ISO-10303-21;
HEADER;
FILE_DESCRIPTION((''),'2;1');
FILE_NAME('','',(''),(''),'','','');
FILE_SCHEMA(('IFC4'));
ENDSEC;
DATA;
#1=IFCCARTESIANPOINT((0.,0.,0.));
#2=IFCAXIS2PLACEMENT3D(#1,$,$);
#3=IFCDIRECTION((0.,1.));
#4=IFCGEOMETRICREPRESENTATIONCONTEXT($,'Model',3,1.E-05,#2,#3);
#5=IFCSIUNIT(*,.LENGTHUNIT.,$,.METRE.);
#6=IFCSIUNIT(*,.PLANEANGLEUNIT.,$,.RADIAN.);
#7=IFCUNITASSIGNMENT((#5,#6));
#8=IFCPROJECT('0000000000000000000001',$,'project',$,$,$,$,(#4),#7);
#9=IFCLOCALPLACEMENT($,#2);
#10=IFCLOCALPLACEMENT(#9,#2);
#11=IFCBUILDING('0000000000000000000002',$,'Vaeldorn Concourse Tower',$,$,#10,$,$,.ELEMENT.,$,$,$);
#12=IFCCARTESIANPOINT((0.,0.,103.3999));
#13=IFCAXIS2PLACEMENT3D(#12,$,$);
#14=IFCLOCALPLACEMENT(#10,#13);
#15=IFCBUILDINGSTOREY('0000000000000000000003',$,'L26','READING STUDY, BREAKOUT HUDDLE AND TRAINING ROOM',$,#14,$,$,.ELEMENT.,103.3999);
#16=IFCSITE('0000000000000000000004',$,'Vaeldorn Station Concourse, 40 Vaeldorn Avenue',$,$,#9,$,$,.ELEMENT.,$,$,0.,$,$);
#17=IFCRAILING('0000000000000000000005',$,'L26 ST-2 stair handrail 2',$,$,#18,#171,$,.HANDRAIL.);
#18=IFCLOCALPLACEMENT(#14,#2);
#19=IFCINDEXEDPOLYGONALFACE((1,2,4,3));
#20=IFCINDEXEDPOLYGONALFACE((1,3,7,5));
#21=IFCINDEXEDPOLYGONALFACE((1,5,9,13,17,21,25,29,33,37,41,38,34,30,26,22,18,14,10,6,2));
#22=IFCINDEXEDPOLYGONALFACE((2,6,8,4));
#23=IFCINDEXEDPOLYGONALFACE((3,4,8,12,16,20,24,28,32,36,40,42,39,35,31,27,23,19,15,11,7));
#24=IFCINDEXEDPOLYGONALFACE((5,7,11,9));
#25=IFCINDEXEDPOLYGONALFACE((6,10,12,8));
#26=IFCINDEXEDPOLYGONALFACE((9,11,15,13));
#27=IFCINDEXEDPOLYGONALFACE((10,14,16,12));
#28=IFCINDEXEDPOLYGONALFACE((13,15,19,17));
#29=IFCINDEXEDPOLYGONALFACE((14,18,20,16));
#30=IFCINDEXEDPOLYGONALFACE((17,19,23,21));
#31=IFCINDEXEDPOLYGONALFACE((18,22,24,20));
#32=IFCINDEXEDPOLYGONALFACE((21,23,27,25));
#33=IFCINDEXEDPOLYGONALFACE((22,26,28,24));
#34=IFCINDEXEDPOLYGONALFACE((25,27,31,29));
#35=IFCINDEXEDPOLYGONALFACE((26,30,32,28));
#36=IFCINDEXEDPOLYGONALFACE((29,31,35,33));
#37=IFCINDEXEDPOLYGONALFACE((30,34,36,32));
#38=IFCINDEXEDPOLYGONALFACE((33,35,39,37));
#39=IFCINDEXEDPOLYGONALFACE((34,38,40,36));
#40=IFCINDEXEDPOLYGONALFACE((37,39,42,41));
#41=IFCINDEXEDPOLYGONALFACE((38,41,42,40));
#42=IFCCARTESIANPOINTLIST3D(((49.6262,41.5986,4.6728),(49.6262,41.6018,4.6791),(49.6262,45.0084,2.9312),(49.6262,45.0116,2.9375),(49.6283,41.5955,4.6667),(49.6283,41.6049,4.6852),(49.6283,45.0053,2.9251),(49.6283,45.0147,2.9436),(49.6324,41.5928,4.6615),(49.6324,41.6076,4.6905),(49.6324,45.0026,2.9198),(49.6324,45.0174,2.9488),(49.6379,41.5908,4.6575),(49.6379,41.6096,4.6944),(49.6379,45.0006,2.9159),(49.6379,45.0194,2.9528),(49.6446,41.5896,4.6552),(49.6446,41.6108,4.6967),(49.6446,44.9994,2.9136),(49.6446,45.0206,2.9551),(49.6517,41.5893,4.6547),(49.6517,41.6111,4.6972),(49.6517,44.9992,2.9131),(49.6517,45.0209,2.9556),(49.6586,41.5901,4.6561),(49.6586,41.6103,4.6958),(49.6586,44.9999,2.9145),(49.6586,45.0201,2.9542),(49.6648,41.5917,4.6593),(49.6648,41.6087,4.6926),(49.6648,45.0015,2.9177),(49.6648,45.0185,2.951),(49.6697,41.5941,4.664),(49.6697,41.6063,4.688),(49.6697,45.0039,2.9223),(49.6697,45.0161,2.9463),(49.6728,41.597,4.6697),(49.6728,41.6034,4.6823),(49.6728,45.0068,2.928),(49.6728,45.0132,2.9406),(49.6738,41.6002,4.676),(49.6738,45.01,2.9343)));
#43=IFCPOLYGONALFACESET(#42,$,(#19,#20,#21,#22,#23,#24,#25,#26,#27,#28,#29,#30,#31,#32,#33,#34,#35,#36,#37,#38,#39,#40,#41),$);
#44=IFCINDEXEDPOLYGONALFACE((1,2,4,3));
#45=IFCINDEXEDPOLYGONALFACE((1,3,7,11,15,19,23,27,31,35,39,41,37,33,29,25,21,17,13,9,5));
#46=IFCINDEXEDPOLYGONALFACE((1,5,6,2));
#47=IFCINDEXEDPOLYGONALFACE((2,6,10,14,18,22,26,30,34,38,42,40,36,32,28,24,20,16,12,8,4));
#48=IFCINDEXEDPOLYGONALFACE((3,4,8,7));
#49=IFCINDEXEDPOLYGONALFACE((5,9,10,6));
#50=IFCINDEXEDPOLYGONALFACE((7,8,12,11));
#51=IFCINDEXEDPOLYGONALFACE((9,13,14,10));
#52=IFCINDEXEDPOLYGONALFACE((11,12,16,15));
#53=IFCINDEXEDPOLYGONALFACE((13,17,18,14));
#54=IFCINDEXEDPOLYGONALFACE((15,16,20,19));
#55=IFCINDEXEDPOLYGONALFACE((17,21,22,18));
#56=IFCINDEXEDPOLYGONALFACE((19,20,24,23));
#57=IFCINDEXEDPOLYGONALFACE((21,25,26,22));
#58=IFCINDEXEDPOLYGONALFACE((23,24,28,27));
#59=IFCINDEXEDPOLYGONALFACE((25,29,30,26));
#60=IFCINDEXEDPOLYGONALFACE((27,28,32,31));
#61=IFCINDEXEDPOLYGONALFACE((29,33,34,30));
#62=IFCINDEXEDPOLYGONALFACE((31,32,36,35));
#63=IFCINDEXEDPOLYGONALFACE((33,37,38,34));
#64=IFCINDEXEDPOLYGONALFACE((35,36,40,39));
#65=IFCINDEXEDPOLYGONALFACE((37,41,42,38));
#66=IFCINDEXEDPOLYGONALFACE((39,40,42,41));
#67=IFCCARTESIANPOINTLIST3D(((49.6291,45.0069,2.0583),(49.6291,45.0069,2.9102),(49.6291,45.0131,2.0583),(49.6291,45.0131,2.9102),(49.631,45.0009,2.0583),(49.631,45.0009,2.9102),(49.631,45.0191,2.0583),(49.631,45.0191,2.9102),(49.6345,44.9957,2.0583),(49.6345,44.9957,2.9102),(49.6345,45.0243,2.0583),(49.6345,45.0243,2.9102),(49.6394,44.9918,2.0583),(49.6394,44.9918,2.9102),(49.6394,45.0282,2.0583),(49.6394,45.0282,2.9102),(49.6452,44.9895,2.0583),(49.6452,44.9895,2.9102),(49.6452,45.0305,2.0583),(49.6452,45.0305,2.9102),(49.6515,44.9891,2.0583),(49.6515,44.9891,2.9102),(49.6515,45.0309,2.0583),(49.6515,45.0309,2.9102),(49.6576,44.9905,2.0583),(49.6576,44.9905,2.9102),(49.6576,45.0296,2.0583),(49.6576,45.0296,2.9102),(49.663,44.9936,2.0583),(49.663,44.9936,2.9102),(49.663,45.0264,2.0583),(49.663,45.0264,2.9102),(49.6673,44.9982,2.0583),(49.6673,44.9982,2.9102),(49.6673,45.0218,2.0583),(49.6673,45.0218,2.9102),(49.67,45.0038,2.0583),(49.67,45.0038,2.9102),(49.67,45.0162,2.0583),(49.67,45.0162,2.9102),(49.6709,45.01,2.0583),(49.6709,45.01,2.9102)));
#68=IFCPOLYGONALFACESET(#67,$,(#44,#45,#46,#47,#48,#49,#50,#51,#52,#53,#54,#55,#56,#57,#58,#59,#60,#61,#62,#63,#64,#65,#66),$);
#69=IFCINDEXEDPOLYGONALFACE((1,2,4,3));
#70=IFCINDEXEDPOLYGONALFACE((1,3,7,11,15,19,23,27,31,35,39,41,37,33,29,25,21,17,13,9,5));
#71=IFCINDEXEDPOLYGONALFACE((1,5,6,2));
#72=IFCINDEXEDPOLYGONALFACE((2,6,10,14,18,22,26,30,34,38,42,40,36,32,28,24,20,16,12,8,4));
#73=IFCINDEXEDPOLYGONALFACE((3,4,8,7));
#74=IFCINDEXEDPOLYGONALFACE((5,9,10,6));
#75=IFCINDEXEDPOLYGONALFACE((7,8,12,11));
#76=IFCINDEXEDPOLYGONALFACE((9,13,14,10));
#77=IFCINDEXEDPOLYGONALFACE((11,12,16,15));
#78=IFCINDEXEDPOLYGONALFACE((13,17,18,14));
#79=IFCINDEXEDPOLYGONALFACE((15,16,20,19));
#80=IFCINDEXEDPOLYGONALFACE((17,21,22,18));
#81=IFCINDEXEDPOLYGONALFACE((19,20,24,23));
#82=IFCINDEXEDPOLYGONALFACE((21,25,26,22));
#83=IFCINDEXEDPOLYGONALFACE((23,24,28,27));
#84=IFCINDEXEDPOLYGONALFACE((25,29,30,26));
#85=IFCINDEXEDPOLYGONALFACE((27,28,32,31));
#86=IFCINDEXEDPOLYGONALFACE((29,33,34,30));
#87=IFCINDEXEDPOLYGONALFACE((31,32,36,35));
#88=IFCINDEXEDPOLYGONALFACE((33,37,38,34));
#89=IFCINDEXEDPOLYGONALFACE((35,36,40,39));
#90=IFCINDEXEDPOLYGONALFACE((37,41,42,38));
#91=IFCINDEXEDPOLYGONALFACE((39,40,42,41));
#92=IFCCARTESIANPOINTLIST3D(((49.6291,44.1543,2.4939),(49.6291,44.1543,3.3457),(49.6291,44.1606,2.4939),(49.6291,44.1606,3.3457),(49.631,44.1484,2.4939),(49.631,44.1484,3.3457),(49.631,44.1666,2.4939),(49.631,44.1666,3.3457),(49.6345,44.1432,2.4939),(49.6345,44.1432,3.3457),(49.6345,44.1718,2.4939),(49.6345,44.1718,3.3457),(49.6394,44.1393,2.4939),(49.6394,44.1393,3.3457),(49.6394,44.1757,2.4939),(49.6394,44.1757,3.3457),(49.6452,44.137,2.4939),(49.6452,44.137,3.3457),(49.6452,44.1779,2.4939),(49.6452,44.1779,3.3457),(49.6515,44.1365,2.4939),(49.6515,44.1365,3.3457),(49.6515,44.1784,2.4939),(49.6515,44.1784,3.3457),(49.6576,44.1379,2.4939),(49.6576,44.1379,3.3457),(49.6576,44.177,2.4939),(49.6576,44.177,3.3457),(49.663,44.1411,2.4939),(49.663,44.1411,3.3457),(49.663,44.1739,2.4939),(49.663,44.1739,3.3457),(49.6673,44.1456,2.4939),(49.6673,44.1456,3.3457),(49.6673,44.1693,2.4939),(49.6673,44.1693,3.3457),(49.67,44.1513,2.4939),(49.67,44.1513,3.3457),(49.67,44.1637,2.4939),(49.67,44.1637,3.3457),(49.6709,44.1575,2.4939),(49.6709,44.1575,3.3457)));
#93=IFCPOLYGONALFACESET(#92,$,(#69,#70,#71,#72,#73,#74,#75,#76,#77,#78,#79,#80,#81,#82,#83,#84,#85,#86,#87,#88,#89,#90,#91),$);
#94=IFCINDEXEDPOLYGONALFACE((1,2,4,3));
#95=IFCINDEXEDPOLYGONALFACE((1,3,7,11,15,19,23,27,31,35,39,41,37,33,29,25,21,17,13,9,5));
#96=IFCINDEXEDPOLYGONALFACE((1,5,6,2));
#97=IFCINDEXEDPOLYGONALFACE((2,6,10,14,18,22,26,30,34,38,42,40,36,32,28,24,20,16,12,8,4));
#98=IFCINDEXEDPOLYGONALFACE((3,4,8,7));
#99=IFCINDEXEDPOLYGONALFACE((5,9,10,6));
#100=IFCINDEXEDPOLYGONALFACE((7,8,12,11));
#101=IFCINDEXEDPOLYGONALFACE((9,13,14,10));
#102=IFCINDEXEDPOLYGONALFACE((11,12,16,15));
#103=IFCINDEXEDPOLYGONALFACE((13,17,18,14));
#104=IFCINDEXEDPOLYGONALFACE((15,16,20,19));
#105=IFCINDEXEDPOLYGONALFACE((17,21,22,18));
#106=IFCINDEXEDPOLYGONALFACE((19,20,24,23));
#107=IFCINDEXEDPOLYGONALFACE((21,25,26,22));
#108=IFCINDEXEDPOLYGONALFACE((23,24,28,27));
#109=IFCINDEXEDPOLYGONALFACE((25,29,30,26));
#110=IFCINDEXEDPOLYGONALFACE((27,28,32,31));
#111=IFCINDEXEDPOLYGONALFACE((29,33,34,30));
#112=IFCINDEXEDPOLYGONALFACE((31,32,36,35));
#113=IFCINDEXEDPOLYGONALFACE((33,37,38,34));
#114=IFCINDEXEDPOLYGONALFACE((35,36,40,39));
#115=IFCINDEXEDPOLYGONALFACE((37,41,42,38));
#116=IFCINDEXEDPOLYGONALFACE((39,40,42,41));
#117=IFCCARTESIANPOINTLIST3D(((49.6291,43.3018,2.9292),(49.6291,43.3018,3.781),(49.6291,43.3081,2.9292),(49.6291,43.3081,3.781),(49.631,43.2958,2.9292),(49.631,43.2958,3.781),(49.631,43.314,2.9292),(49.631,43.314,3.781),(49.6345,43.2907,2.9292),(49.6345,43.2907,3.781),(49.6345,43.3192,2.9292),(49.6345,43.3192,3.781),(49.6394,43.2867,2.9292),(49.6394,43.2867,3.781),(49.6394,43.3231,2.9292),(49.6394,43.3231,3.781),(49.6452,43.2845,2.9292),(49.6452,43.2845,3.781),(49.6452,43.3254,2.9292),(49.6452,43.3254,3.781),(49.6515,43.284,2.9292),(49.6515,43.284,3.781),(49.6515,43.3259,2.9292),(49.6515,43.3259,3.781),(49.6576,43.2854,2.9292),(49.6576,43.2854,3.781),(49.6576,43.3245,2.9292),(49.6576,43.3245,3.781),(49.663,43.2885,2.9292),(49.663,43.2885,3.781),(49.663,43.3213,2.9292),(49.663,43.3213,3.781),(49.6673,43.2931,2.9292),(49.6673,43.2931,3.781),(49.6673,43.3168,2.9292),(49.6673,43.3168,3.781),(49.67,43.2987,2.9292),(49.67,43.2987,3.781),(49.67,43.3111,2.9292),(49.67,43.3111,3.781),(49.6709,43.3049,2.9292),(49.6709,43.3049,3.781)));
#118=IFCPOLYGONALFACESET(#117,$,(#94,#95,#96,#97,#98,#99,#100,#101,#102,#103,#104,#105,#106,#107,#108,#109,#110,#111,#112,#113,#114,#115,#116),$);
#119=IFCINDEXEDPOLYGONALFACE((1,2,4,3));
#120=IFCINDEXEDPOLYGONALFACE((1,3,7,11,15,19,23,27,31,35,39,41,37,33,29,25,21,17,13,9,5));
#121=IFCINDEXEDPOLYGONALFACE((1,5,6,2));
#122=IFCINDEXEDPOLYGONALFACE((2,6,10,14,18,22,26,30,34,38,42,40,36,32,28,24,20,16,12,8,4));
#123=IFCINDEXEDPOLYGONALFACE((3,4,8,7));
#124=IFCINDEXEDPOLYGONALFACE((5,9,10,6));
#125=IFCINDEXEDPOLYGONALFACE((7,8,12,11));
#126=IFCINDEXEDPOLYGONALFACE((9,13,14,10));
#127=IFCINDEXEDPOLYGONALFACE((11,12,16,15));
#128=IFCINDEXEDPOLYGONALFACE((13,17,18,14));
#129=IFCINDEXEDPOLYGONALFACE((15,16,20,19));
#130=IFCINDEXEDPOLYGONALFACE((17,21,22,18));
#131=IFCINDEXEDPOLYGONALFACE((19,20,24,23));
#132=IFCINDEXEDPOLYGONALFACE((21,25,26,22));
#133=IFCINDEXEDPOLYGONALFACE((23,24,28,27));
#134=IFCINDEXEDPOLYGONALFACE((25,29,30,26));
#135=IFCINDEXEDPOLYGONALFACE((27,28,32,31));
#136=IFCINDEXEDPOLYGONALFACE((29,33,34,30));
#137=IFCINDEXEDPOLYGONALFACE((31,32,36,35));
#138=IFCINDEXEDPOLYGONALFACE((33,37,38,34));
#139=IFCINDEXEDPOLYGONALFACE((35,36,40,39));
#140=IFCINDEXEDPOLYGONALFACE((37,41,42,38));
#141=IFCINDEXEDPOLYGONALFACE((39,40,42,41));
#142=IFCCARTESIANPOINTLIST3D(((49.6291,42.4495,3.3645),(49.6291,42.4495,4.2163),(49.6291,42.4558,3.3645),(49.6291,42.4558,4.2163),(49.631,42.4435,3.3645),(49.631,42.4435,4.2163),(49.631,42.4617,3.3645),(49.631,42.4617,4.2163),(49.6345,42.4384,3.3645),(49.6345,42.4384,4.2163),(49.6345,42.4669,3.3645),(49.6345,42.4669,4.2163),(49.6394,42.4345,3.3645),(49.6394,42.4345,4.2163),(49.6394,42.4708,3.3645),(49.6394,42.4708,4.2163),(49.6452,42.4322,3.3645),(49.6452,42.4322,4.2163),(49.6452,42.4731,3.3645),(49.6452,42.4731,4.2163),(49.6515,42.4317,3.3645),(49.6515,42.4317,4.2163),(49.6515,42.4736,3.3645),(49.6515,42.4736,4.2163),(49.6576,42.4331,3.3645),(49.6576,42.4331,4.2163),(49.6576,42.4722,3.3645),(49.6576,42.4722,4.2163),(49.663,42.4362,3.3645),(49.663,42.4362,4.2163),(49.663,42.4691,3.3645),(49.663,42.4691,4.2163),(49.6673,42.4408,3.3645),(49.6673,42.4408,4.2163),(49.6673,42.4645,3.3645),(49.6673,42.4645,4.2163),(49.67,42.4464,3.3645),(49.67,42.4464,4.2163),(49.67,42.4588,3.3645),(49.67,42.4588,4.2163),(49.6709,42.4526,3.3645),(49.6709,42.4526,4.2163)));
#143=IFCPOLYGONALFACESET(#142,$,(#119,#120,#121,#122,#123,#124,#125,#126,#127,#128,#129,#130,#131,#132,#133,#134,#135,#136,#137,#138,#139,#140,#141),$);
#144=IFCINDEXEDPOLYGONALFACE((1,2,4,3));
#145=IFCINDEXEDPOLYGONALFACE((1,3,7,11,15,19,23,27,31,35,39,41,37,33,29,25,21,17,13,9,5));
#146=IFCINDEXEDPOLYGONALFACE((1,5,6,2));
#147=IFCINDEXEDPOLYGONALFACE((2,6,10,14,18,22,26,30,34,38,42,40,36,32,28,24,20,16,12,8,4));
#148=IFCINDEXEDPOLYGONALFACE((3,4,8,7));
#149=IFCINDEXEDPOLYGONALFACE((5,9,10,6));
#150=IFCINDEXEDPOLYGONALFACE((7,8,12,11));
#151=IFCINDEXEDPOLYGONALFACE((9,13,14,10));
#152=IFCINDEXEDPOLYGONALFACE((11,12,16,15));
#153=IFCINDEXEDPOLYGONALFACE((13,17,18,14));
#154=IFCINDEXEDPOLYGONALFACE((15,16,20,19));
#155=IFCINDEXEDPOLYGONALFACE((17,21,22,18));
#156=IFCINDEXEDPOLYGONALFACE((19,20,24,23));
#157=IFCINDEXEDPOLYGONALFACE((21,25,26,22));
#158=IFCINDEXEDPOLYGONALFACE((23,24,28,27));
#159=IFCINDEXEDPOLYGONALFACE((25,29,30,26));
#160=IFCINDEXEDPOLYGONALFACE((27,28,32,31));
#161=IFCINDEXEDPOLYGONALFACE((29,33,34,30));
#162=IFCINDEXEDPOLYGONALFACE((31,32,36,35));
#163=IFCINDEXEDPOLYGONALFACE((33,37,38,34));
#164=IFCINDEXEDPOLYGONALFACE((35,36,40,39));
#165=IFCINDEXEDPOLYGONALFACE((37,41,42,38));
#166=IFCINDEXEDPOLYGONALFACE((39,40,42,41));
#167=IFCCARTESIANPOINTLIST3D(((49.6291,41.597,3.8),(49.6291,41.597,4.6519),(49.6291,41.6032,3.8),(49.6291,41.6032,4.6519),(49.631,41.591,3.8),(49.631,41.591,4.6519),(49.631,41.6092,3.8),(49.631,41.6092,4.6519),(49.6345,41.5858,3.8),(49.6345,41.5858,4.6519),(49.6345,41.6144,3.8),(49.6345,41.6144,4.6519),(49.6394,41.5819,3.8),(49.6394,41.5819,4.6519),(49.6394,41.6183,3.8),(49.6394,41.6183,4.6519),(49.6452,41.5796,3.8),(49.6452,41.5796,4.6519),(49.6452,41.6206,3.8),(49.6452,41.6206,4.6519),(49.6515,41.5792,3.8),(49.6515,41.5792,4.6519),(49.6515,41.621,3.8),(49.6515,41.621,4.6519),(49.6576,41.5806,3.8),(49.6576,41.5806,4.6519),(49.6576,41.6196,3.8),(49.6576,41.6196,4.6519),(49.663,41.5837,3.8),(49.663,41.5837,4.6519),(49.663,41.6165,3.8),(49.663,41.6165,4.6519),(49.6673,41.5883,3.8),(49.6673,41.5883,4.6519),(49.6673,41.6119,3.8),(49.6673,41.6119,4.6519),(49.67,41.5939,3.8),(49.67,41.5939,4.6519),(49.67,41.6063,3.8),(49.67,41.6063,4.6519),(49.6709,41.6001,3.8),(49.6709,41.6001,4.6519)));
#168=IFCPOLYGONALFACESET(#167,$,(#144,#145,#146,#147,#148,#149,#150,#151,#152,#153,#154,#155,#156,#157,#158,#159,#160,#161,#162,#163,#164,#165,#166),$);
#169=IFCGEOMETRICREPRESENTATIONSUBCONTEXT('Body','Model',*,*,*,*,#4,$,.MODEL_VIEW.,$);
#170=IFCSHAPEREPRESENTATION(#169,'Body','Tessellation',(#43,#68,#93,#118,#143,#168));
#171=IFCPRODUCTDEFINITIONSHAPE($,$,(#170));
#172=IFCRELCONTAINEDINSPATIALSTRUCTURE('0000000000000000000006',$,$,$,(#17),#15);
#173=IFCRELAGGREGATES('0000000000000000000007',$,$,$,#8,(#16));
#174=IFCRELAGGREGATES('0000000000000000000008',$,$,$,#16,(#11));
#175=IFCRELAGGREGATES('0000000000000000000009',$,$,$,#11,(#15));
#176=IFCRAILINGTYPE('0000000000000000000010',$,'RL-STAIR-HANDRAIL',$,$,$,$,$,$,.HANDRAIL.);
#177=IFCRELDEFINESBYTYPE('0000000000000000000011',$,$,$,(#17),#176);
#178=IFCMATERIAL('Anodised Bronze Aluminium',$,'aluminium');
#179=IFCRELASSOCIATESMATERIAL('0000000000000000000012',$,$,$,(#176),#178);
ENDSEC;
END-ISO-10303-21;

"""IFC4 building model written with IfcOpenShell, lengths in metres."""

from ifc_helpers import new_model, si_unit, direction, frame, origin, origin_2d, place, context, subcontext, project, spatial, circle, extrude, material, type_object, element, save


model = new_model("IFC4")

# Units and contexts
model_context = context("Model", 3, precision=1e-05, world=origin(), true_north=direction((0.0, 1.0)))
body_context = subcontext(model_context, "Body", "Model", "MODEL_VIEW")
ifc_project = project(units=[si_unit("LENGTHUNIT", "METRE"), si_unit("PLANEANGLEUNIT", "RADIAN")], contexts=[model_context])

# Site, building, storey
site_placement = place(None, origin())
site = spatial("IfcSite", under=ifc_project, at=site_placement, Name="Vaeldorn Station Concourse, 40 Vaeldorn Avenue", CompositionType="ELEMENT", RefElevation=0.0)
building_placement = place(site_placement, origin())
building = spatial("IfcBuilding", under=site, at=building_placement, Name="Vaeldorn Concourse Tower", CompositionType="ELEMENT")
storey_placement = place(building_placement, frame((0.0, 0.0, 103.3999)))
storey = spatial("IfcBuildingStorey", under=building, at=storey_placement, Name="L26", Description="READING STUDY, BREAKOUT HUDDLE AND TRAINING ROOM", CompositionType="ELEMENT", Elevation=103.3999)

# Shared definitions
ifc_material_1 = material(Name="Anodised Bronze Aluminium", Category="aluminium")

# Railing
railing_type_1 = type_object("IfcRailingType", Name="RL-STAIR-HANDRAIL", PredefinedType="HANDRAIL", material=ifc_material_1)
railing_1_placement = place(storey_placement, frame((49.6499, 45.01, 2.0583)))
element("IfcRailing", 1, at=railing_1_placement, inside=storey, type_object=railing_type_1, Name="L26 ST-2 stair handrail 2", PredefinedType="HANDRAIL", context=body_context, shape_type="SweptSolid", body=[
    extrude(circle(Radius=0.0239, at=origin_2d()), frame((0.0, 0.0, 0.876), z_axis=(0.0, -0.890556, 0.454874), x_axis=(1.0, 0.0, 0.0)), (0.0, 0.0, 1.0), 3.8289),
    extrude(circle(Radius=0.021, at=origin_2d()), origin(), (0.0, 0.0, 1.0), 0.8518),
    extrude(circle(Radius=0.021, at=origin_2d()), frame((0.0, -0.8525, 0.4355)), (0.0, 0.0, 1.0), 0.8518),
    extrude(circle(Radius=0.021, at=origin_2d()), frame((0.0, -1.7051, 0.8708)), (0.0, 0.0, 1.0), 0.8518),
    extrude(circle(Radius=0.021, at=origin_2d()), frame((0.0, -2.5574, 1.3062)), (0.0, 0.0, 1.0), 0.8518),
    extrude(circle(Radius=0.021, at=origin_2d()), frame((0.0, -3.4099, 1.7417)), (0.0, 0.0, 1.0), 0.8518),
])

save(model, "model.ifc")
